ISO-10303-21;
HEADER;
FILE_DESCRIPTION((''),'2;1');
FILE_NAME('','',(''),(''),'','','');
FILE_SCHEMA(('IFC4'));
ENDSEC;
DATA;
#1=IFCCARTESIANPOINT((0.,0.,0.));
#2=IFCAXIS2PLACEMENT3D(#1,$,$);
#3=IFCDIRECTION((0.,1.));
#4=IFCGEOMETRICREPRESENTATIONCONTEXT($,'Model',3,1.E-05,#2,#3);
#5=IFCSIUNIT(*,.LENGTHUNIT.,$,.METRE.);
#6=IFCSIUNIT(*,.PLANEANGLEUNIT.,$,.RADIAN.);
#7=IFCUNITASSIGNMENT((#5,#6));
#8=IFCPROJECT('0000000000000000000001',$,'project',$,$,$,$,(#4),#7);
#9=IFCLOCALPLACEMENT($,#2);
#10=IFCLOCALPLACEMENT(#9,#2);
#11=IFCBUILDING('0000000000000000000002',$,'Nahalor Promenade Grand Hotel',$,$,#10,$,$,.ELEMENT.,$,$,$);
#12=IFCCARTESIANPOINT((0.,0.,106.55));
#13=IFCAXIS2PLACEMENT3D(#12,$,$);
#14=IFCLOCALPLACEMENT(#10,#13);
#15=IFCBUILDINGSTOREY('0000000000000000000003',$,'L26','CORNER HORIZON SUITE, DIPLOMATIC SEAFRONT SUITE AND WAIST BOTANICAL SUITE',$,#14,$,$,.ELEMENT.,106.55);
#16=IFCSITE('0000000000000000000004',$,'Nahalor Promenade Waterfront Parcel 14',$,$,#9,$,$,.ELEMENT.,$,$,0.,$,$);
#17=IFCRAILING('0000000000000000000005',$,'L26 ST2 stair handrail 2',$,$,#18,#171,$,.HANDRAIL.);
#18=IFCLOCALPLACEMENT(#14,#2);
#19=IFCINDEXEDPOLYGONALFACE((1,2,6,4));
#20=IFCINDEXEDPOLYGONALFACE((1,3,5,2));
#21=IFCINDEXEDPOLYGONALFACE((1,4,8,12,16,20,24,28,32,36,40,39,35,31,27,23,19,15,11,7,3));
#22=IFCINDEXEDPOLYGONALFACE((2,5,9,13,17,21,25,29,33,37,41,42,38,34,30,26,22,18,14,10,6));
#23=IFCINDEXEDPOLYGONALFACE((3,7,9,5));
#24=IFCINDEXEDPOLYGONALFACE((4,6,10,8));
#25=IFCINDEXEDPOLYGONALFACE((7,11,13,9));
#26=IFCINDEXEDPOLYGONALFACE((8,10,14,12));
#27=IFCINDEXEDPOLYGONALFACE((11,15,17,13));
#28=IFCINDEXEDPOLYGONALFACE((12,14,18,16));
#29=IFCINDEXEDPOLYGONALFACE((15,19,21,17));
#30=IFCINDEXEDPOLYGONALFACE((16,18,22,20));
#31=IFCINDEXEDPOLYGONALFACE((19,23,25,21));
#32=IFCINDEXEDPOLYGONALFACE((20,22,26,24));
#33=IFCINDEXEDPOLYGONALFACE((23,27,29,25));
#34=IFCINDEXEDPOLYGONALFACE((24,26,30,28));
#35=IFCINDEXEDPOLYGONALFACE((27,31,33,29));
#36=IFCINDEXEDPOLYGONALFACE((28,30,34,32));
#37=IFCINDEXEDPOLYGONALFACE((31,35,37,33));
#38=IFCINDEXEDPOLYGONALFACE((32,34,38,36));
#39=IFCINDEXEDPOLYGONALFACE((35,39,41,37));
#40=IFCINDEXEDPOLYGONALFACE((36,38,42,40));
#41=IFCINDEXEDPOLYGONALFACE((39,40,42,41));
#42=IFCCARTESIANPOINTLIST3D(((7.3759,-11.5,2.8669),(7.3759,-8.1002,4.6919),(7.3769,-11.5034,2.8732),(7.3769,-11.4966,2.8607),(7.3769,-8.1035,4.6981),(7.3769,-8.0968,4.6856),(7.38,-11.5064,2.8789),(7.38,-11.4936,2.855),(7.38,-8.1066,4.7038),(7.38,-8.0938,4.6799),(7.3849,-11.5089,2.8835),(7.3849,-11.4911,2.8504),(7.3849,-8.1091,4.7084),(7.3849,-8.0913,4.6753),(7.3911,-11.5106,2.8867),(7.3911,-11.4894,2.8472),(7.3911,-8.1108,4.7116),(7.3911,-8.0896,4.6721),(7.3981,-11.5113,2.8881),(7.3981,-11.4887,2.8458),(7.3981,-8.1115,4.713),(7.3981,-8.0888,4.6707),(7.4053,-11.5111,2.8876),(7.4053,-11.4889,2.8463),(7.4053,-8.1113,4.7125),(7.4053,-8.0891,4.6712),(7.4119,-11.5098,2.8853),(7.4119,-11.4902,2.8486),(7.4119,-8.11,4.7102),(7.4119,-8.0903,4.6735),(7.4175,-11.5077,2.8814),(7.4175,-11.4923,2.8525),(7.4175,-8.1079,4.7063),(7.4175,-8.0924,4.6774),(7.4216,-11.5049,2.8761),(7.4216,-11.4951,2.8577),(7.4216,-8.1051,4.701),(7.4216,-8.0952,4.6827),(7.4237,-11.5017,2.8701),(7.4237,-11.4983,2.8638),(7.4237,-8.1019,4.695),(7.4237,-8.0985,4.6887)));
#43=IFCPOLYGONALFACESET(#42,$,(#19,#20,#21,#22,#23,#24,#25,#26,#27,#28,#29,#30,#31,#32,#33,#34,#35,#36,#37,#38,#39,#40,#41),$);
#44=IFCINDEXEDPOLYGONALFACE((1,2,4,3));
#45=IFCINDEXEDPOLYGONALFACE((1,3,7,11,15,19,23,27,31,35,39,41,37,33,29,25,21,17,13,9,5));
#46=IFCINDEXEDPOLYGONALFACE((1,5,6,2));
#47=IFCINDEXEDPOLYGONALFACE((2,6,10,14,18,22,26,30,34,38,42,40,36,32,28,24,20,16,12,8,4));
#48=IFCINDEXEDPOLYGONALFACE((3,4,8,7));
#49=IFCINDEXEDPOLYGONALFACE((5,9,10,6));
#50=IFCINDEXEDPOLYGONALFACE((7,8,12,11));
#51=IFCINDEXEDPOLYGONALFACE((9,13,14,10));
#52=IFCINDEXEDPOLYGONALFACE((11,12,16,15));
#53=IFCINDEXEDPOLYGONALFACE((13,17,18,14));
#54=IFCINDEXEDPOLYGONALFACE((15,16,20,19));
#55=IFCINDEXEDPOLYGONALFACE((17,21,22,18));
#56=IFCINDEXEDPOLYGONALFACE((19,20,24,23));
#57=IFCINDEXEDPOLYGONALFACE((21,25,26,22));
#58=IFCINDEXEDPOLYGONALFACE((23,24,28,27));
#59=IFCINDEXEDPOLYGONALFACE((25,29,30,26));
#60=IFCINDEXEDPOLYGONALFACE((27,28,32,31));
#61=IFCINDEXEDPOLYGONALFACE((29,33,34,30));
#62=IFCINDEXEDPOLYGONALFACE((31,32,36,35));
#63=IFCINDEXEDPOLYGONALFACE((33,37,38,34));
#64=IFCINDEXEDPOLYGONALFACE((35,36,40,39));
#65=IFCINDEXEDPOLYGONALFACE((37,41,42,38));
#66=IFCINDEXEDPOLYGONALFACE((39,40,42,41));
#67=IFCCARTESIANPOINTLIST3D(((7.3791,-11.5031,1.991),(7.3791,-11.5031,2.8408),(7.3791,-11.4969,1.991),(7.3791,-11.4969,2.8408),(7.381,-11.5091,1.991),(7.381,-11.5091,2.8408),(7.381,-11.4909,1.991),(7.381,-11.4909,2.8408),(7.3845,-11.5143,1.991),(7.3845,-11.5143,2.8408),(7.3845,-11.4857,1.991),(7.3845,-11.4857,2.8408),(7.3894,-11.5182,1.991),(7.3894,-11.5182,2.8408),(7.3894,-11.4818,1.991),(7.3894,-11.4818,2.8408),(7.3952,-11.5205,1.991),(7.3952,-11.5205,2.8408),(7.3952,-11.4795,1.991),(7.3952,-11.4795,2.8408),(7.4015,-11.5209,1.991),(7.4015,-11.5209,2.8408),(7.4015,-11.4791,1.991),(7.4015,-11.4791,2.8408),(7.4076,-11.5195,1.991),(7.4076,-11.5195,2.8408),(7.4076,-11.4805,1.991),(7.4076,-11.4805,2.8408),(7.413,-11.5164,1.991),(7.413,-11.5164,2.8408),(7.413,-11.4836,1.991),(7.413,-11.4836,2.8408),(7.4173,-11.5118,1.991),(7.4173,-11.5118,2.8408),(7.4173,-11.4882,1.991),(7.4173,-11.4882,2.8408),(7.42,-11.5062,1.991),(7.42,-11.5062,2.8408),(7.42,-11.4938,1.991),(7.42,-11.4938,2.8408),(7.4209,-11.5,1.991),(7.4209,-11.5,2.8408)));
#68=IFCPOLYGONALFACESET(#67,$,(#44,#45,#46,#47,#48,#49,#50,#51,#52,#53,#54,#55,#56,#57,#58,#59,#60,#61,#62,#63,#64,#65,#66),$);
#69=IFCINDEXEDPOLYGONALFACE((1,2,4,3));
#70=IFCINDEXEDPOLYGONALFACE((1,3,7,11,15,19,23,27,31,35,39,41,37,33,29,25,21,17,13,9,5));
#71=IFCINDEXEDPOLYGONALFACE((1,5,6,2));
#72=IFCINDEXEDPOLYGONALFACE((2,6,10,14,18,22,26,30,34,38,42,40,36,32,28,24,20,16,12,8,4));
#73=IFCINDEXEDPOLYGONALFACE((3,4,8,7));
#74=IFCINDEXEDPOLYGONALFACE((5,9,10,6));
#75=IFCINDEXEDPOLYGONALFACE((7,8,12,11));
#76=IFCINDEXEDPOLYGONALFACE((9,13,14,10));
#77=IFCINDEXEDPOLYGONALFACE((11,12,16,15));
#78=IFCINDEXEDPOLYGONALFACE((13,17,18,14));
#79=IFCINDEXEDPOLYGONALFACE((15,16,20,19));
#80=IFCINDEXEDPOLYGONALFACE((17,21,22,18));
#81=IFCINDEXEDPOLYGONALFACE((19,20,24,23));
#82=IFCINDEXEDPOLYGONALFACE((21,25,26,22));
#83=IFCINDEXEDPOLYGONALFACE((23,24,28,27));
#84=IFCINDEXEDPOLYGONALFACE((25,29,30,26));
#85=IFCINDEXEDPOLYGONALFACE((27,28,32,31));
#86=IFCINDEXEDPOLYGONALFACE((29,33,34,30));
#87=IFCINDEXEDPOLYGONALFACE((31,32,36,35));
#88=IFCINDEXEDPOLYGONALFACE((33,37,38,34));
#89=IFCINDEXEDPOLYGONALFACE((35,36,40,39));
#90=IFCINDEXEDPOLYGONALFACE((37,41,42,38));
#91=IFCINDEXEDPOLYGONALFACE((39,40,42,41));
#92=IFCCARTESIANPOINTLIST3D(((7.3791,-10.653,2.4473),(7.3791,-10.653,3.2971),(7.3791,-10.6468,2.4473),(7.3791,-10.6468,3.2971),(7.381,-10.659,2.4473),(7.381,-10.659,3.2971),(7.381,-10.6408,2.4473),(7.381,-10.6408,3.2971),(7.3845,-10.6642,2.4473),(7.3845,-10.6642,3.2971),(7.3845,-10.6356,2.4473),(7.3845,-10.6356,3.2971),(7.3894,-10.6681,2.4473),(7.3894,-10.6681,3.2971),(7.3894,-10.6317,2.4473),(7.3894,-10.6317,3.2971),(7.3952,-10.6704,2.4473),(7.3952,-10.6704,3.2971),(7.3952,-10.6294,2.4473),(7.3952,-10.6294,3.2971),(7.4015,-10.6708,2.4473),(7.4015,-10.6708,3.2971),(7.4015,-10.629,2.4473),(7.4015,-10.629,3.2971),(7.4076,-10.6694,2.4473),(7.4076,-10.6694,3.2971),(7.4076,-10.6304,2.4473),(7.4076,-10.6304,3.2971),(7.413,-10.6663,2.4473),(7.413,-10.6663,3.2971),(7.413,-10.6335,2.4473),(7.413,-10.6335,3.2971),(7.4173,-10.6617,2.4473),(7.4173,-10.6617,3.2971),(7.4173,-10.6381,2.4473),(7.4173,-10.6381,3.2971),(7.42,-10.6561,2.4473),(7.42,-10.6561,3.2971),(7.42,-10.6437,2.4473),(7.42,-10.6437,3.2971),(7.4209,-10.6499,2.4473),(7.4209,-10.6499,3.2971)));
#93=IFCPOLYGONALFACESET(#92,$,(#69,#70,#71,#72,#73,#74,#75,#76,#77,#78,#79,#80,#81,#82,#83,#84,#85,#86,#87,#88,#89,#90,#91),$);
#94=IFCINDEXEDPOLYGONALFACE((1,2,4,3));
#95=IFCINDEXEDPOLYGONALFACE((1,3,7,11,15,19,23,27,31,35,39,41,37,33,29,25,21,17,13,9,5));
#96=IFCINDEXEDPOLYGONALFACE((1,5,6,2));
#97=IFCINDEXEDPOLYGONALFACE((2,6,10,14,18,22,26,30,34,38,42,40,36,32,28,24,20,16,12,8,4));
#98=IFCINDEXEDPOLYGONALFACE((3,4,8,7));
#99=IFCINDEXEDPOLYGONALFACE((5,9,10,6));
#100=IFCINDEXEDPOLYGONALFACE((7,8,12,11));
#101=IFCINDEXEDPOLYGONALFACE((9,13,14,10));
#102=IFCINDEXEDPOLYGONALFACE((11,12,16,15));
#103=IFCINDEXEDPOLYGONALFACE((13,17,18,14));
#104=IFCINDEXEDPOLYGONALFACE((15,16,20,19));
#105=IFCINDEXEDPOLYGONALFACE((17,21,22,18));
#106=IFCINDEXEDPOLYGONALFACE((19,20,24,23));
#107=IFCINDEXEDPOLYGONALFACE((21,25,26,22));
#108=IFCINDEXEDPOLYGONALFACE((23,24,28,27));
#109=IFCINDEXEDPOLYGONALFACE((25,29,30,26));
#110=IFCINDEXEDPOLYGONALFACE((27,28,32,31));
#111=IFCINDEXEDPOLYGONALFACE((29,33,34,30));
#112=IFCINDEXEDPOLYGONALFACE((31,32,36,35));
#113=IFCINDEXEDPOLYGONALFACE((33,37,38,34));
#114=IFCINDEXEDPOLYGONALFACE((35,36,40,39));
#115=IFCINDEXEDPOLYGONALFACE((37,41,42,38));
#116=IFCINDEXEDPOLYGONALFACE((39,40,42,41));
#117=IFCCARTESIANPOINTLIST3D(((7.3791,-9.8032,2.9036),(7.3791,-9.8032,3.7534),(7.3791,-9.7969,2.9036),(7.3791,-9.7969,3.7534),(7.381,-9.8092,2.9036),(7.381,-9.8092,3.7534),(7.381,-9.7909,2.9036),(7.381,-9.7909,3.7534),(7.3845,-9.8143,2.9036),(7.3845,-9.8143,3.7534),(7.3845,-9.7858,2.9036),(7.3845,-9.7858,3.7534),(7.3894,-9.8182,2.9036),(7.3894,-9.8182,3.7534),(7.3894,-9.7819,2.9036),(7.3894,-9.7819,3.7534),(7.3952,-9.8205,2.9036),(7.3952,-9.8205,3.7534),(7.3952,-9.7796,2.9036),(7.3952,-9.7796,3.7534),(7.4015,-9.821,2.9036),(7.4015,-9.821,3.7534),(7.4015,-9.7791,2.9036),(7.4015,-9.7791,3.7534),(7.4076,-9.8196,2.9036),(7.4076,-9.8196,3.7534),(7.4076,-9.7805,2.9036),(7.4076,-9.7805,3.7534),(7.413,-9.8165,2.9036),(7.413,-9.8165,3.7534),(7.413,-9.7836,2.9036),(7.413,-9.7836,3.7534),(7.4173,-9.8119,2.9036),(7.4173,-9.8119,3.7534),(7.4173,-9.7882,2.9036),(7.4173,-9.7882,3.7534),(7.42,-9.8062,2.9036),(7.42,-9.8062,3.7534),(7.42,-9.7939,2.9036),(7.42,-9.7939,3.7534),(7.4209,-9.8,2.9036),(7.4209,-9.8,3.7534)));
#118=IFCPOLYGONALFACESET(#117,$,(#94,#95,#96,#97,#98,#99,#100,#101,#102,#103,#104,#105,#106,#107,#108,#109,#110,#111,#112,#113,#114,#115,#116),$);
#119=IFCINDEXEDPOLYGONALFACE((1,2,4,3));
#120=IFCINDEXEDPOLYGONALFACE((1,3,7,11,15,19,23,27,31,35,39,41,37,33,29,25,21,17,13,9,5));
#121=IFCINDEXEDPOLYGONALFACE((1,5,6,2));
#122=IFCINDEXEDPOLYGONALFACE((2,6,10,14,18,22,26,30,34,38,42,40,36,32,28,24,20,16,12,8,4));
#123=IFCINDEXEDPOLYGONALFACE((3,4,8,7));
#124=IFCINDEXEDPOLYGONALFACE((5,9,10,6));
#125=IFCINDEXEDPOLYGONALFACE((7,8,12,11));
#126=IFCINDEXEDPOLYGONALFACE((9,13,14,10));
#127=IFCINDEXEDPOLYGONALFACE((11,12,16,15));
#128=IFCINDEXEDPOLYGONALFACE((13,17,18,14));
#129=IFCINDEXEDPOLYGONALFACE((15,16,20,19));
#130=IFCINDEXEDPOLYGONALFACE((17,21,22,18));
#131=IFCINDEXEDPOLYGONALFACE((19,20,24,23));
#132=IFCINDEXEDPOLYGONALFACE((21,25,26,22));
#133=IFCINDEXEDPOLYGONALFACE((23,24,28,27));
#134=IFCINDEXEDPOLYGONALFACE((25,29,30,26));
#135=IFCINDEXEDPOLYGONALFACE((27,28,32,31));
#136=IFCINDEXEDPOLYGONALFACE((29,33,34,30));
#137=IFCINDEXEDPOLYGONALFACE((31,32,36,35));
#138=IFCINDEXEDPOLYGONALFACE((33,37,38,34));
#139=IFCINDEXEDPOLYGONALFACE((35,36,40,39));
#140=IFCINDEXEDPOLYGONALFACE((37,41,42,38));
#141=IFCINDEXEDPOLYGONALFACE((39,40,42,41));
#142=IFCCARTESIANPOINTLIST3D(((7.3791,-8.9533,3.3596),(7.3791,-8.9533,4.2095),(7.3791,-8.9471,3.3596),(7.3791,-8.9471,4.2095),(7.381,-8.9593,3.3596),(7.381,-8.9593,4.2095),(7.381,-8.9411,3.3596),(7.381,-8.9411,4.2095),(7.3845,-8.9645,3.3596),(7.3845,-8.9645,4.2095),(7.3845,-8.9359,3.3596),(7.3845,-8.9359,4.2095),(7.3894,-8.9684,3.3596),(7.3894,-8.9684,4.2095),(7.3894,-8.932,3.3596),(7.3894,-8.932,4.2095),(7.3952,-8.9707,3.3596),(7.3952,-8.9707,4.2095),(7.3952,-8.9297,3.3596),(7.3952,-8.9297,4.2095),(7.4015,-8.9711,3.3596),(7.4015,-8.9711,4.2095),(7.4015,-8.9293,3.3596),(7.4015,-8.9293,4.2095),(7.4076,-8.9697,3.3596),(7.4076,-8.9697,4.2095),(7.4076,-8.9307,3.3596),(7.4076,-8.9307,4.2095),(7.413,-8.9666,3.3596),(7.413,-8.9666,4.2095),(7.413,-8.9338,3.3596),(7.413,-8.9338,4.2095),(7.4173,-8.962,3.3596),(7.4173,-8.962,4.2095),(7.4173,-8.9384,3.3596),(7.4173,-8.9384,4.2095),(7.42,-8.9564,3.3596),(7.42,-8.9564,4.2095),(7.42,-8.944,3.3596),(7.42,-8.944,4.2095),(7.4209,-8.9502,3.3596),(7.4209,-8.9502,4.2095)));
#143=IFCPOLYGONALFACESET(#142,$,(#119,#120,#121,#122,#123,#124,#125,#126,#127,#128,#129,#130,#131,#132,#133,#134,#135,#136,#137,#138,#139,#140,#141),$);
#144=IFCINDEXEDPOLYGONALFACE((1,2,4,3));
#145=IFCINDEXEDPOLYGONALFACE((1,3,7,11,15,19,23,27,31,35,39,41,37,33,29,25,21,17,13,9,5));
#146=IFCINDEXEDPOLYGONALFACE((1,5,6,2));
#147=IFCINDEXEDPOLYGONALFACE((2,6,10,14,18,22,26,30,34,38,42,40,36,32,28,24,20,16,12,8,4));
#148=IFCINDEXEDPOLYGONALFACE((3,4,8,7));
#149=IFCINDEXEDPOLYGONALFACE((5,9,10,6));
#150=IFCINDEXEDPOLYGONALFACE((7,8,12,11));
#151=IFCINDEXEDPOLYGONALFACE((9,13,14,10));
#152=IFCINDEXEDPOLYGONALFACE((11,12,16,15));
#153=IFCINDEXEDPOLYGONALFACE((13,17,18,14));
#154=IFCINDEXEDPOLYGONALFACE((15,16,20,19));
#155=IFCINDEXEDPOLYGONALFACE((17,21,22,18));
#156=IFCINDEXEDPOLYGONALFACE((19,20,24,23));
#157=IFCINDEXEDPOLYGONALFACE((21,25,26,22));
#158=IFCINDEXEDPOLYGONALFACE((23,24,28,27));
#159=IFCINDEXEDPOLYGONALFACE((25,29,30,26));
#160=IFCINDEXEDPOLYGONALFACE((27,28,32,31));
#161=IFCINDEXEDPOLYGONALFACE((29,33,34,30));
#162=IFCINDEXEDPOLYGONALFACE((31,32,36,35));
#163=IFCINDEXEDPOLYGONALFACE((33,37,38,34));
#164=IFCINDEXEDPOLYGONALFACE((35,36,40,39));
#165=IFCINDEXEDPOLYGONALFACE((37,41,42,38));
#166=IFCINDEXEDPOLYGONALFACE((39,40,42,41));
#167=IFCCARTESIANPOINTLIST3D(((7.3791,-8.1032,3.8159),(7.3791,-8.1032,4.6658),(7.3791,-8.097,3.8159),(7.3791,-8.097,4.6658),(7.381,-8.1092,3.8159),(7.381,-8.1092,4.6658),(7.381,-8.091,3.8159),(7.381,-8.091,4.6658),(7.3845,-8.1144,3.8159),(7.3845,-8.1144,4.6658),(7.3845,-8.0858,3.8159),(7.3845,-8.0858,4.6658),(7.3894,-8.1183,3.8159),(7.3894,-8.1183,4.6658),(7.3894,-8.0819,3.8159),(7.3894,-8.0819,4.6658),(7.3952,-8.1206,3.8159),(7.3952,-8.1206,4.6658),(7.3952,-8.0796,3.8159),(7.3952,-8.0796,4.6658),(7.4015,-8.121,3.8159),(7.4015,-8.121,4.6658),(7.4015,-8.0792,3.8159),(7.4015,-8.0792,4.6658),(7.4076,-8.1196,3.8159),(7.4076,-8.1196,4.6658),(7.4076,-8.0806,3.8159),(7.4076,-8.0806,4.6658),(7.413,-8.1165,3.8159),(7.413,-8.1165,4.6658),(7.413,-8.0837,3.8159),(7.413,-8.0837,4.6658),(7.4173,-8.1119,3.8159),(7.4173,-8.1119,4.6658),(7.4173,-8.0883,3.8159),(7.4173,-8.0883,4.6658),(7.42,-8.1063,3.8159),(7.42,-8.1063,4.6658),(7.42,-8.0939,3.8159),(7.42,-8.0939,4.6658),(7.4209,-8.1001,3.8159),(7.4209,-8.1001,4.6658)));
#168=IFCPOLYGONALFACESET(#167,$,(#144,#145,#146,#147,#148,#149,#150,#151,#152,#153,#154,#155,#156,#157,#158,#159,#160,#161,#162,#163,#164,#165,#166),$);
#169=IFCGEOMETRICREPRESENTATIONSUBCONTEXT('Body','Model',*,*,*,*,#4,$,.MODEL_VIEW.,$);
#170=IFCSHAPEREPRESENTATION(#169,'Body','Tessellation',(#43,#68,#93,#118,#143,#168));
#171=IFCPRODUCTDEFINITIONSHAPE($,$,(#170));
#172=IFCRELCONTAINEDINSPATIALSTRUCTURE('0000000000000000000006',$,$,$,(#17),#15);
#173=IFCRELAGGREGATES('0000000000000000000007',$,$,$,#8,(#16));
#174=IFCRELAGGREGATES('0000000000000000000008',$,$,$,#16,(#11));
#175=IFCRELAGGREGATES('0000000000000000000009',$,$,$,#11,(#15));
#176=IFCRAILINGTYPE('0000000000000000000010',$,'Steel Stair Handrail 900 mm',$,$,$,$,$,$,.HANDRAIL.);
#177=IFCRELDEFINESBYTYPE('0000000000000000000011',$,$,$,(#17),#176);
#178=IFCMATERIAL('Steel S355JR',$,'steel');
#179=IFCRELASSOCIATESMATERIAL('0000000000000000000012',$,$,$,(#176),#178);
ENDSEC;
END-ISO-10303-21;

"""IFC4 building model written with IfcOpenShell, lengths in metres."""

from ifc_helpers import new_model, si_unit, direction, frame, origin, origin_2d, place, context, subcontext, project, spatial, circle, extrude, material, type_object, element, save


model = new_model("IFC4")

# Units and contexts
model_context = context("Model", 3, precision=1e-05, world=origin(), true_north=direction((0.0, 1.0)))
body_context = subcontext(model_context, "Body", "Model", "MODEL_VIEW")
ifc_project = project(units=[si_unit("LENGTHUNIT", "METRE"), si_unit("PLANEANGLEUNIT", "RADIAN")], contexts=[model_context])

# Site, building, storey
site_placement = place(None, origin())
site = spatial("IfcSite", under=ifc_project, at=site_placement, Name="Nahalor Promenade Waterfront Parcel 14", CompositionType="ELEMENT", RefElevation=0.0)
building_placement = place(site_placement, origin())
building = spatial("IfcBuilding", under=site, at=building_placement, Name="Nahalor Promenade Grand Hotel", CompositionType="ELEMENT")
storey_placement = place(building_placement, frame((0.0, 0.0, 106.55)))
storey = spatial("IfcBuildingStorey", under=building, at=storey_placement, Name="L26", Description="CORNER HORIZON SUITE, DIPLOMATIC SEAFRONT SUITE AND WAIST BOTANICAL SUITE", CompositionType="ELEMENT", Elevation=106.55)

# Shared definitions
ifc_material_1 = material(Name="Steel S355JR", Category="steel")

# Railing
railing_type_1 = type_object("IfcRailingType", Name="Steel Stair Handrail 900 mm", PredefinedType="HANDRAIL", material=ifc_material_1)
railing_1_placement = place(storey_placement, frame((7.3999, -11.5, 1.991)))
element("IfcRailing", 1, at=railing_1_placement, inside=storey, type_object=railing_type_1, Name="L26 ST2 stair handrail 2", PredefinedType="HANDRAIL", context=body_context, shape_type="SweptSolid", body=[
    extrude(circle(Radius=0.024, at=origin_2d()), frame((0.0, 0.0, 0.876), z_axis=(0.0, 0.881094, 0.472941), x_axis=(-1.0, 0.0, 0.0)), (0.0, 0.0, 1.0), 3.8586),
    extrude(circle(Radius=0.021, at=origin_2d()), origin(), (0.0, 0.0, 1.0), 0.8499),
    extrude(circle(Radius=0.021, at=origin_2d()), frame((0.0, 0.8501, 0.4563)), (0.0, 0.0, 1.0), 0.8499),
    extrude(circle(Radius=0.021, at=origin_2d()), frame((0.0, 1.7, 0.9126)), (0.0, 0.0, 1.0), 0.8499),
    extrude(circle(Radius=0.021, at=origin_2d()), frame((0.0, 2.5498, 1.3687)), (0.0, 0.0, 1.0), 0.8499),
    extrude(circle(Radius=0.021, at=origin_2d()), frame((0.0, 3.3999, 1.825)), (0.0, 0.0, 1.0), 0.8499),
])

save(model, "model.ifc")
